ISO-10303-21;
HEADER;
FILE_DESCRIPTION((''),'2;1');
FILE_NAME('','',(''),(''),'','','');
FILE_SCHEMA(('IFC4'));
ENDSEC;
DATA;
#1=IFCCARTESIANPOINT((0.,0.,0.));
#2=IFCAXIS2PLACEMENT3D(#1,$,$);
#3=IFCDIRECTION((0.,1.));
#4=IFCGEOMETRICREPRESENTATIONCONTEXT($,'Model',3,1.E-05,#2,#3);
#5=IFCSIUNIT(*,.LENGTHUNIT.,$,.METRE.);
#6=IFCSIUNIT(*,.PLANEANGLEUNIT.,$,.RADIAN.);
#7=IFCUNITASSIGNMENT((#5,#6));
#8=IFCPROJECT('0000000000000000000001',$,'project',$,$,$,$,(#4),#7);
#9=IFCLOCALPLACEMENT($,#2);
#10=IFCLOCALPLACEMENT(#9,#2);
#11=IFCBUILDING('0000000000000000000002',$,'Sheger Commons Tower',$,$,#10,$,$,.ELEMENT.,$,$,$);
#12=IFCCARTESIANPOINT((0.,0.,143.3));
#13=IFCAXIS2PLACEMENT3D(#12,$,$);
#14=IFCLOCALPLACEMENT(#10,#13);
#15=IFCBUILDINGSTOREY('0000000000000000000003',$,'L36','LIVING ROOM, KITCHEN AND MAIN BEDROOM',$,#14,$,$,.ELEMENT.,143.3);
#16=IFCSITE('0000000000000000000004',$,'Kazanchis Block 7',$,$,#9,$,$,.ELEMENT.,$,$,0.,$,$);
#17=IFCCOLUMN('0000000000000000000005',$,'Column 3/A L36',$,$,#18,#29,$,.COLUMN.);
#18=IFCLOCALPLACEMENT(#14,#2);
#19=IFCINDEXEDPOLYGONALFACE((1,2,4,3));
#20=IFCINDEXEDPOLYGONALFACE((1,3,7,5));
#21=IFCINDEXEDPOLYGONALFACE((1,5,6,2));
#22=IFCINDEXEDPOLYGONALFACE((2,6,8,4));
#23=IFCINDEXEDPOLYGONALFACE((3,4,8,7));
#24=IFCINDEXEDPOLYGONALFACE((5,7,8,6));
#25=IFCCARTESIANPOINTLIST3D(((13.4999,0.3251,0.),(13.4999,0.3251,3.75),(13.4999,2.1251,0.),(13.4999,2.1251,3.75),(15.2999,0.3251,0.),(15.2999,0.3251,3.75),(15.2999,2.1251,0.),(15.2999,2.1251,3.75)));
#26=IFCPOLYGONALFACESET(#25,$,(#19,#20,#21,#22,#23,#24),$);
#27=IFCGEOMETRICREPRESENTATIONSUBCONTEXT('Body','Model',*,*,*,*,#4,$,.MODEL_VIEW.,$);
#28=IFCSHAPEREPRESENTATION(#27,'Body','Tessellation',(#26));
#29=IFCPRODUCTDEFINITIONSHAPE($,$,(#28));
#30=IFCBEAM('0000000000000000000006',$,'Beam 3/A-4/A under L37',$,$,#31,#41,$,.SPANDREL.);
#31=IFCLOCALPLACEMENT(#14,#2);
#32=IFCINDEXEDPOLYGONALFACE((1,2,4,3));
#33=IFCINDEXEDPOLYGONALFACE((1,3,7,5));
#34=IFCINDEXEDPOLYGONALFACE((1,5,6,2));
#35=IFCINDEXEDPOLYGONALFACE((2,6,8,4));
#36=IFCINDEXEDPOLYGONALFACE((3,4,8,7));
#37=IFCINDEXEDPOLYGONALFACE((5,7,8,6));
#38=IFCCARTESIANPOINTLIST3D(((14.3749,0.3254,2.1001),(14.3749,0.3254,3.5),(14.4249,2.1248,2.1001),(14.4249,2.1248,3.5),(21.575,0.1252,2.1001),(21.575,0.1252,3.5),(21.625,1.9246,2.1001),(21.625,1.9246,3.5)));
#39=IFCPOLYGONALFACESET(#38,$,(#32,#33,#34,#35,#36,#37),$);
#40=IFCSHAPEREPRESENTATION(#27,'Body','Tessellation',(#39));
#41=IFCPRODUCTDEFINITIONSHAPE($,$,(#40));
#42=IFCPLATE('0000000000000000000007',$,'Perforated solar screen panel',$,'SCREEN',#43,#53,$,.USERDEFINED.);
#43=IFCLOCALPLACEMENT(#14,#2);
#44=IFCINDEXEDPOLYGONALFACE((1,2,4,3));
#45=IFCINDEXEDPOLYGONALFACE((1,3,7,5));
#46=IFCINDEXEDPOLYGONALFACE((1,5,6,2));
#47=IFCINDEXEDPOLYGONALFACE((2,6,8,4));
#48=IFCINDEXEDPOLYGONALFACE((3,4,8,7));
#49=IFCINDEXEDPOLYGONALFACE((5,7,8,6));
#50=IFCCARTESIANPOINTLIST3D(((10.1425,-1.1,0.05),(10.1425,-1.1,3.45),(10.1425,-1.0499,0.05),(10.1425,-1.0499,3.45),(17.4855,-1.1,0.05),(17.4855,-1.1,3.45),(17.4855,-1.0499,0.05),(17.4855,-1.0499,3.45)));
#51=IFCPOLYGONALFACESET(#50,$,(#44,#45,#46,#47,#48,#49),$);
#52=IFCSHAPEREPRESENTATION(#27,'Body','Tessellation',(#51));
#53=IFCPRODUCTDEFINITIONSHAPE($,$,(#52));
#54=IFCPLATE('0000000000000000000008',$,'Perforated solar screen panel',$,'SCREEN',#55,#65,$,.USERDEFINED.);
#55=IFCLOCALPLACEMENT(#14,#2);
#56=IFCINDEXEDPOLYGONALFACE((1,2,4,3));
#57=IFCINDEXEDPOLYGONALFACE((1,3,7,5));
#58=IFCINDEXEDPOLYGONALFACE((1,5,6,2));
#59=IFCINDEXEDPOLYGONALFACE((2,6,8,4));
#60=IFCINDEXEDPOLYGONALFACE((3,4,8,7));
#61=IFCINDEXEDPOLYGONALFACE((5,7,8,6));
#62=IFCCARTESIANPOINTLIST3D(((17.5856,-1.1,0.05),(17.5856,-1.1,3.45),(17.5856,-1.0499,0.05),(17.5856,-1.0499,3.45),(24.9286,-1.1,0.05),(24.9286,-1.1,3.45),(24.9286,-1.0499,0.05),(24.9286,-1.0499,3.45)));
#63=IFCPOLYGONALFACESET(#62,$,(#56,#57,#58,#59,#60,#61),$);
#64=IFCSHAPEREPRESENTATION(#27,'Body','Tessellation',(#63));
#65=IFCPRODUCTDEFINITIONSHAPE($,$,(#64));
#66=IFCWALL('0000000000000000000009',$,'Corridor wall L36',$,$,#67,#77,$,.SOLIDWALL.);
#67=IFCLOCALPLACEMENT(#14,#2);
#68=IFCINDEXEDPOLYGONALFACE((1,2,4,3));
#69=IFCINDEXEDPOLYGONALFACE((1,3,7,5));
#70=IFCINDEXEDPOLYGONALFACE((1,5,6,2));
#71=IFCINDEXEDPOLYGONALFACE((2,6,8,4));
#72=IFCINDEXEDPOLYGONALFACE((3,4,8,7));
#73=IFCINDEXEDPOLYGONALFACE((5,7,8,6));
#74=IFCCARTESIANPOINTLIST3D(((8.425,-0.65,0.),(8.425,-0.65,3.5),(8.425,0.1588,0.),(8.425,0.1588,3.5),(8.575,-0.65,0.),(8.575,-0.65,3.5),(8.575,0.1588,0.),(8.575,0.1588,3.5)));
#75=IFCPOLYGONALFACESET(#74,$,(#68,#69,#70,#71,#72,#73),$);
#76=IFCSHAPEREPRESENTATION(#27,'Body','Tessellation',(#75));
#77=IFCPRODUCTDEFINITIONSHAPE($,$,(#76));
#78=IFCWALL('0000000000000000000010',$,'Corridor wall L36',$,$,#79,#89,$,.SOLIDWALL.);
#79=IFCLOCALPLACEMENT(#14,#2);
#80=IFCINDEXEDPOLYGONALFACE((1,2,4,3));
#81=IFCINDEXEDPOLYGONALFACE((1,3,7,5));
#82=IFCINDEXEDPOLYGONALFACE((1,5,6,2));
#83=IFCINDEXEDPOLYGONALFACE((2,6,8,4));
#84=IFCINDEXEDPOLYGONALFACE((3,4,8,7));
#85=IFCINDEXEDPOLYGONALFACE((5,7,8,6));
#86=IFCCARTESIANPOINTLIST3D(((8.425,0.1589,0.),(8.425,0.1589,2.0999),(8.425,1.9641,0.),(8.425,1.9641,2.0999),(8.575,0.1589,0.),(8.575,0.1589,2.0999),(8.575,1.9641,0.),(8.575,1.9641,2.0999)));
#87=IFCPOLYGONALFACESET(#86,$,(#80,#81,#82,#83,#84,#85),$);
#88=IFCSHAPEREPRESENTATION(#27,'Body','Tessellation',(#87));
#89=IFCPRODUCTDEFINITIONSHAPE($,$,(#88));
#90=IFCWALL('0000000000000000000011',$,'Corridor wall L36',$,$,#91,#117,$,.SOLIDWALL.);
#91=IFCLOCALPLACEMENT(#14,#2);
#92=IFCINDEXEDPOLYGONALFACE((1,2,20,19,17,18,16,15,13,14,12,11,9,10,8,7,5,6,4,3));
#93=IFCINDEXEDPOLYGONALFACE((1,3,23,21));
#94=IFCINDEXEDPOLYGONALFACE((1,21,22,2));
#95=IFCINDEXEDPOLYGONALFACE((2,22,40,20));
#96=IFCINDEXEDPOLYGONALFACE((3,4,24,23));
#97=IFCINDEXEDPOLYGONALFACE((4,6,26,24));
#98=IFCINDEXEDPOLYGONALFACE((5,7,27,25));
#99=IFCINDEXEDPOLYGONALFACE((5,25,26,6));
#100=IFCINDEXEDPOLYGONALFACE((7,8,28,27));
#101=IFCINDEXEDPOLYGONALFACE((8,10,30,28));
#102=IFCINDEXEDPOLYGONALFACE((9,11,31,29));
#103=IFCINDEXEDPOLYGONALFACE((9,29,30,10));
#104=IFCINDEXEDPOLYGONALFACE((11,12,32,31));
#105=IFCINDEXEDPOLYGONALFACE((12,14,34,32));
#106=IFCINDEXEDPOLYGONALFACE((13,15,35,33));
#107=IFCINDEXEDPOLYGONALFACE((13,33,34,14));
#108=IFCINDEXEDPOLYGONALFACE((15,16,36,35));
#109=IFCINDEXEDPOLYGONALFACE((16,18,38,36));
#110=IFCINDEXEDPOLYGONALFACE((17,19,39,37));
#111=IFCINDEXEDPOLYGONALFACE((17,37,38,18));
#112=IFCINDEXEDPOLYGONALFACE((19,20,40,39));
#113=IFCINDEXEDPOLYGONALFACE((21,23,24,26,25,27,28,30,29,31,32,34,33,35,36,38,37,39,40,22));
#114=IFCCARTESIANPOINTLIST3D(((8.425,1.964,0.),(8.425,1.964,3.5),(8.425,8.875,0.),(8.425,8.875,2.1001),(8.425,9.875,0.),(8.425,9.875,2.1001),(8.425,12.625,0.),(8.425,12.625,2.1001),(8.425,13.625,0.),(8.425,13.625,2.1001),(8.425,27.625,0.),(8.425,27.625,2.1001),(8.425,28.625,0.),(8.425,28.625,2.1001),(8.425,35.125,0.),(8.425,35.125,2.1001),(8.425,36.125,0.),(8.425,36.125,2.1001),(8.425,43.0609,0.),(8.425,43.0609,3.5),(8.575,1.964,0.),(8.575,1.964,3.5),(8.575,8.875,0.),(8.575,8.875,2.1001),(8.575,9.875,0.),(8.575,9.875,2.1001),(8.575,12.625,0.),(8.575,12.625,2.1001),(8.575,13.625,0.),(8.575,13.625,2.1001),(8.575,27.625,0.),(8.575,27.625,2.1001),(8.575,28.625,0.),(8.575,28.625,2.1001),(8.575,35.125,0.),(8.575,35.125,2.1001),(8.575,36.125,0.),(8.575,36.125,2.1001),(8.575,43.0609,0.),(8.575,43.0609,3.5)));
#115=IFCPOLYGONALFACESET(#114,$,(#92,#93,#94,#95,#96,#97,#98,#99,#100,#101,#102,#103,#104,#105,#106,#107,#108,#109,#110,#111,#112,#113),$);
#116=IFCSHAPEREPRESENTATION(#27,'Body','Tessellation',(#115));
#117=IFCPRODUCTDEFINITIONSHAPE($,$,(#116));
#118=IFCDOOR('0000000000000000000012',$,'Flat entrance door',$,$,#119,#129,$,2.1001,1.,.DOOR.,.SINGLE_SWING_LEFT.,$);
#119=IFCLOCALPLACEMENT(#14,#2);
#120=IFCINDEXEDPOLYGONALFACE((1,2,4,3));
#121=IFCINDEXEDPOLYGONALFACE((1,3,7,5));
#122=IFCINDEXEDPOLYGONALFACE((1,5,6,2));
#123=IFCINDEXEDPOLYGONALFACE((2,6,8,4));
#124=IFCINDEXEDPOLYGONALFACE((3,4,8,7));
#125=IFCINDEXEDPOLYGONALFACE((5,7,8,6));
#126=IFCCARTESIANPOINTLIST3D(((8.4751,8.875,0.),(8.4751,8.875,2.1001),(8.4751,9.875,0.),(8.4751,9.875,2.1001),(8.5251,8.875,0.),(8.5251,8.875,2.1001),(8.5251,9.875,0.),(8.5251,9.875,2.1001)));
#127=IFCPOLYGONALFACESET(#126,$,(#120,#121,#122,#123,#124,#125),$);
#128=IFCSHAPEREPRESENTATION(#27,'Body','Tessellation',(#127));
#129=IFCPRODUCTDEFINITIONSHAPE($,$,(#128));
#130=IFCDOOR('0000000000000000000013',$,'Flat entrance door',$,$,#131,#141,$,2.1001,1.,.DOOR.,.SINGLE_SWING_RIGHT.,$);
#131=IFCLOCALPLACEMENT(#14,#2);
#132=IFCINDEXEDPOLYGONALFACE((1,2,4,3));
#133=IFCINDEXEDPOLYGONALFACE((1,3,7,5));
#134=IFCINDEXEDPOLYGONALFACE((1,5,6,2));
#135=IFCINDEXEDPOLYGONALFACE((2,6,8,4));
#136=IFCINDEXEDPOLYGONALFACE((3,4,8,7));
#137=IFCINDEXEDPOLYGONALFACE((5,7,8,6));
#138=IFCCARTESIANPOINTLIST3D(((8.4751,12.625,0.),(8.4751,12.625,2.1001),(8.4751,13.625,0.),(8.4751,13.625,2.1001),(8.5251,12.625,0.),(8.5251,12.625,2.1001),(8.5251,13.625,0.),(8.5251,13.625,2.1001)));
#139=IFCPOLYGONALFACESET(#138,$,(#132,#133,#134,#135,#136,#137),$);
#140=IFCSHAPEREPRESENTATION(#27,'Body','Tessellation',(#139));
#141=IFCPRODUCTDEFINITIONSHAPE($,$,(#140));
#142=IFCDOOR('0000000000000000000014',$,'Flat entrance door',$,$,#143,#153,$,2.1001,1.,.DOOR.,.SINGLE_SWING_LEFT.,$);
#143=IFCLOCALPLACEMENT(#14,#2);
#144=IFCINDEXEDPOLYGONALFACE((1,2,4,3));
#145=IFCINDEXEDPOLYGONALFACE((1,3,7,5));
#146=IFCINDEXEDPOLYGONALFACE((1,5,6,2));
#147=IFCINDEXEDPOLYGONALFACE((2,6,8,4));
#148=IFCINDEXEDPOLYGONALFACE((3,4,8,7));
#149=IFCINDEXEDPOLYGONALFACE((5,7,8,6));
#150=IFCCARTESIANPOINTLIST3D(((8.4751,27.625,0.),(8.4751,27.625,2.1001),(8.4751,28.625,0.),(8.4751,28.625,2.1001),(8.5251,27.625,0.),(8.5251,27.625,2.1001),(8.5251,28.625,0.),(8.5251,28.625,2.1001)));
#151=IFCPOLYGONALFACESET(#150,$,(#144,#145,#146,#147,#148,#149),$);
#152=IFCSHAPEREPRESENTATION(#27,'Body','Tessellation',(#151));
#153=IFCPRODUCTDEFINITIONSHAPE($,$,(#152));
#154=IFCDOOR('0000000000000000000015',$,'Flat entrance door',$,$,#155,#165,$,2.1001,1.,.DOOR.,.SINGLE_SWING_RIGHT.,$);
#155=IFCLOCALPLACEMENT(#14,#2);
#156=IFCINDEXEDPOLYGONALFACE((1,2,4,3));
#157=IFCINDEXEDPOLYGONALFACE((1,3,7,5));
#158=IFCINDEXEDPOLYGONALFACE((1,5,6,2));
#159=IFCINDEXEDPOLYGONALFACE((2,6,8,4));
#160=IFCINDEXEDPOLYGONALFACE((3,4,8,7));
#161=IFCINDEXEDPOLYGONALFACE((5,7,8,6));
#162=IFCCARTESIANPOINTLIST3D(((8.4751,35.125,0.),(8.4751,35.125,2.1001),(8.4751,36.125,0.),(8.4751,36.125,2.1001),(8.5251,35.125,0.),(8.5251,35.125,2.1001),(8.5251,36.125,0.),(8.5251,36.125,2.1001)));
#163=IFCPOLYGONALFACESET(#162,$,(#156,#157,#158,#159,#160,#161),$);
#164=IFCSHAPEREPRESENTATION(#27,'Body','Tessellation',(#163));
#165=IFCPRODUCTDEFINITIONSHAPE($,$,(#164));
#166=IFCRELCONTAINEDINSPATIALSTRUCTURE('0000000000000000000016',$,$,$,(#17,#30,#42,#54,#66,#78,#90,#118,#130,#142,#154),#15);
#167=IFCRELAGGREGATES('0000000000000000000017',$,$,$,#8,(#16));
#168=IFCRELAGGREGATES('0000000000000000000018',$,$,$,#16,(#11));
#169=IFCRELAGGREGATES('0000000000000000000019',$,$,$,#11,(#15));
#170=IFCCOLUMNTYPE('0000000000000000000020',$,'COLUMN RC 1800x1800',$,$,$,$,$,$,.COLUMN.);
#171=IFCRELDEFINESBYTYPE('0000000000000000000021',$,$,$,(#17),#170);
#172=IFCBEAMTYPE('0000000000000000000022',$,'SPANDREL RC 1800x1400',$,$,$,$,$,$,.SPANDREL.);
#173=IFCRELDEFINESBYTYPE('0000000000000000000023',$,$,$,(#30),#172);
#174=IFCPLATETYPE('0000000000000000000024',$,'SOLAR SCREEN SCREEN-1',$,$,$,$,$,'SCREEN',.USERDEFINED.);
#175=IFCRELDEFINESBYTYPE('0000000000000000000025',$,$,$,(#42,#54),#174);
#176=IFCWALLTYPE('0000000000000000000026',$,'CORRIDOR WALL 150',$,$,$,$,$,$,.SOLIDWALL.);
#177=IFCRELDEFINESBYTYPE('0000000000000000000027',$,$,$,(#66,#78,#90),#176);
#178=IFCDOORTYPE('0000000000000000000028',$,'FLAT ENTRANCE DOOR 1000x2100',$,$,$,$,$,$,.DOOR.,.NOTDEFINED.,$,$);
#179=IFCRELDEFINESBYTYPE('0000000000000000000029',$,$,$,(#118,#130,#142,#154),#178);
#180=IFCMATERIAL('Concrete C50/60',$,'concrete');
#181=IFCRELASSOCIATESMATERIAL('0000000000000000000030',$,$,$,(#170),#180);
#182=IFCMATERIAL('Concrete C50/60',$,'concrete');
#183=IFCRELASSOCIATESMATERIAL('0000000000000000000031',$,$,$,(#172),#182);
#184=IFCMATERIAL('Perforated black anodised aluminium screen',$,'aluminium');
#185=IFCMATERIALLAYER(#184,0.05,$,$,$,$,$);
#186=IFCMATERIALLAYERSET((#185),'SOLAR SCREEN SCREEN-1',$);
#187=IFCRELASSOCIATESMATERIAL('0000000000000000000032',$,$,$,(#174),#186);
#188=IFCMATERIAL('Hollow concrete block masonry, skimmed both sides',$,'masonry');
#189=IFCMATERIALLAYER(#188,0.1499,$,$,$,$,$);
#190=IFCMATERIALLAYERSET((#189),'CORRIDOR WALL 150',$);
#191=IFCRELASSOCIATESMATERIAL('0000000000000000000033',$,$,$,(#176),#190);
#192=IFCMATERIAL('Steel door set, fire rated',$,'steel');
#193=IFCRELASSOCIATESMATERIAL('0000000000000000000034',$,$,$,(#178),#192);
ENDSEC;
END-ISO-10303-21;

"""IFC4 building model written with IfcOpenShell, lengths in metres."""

from ifc_helpers import new_model, si_unit, direction, frame, frame_2d, origin, origin_2d, place, context, subcontext, project, spatial, rectangle, extrude, material, layer, layer_set, material_profile, profile_set, type_object, element, fill, save


model = new_model("IFC4")

# Units and contexts
model_context = context("Model", 3, precision=1e-05, world=origin(), true_north=direction((0.0, 1.0)))
body_context = subcontext(model_context, "Body", "Model", "MODEL_VIEW")
ifc_project = project(units=[si_unit("LENGTHUNIT", "METRE"), si_unit("PLANEANGLEUNIT", "RADIAN")], contexts=[model_context])

# Site, building, storey
site_placement = place(None, origin())
site = spatial("IfcSite", under=ifc_project, at=site_placement, Name="Kazanchis Block 7", CompositionType="ELEMENT", RefElevation=0.0)
building_placement = place(site_placement, origin())
building = spatial("IfcBuilding", under=site, at=building_placement, Name="Sheger Commons Tower", CompositionType="ELEMENT")
storey_placement = place(building_placement, frame((0.0, 0.0, 143.3)))
storey = spatial("IfcBuildingStorey", under=building, at=storey_placement, Name="L36", Description="LIVING ROOM, KITCHEN AND MAIN BEDROOM", CompositionType="ELEMENT", Elevation=143.3)

# Column
ifc_material_1 = material(Name="Concrete C50/60", Category="concrete")
ifc_material_profile_1 = material_profile(ifc_material_1, rectangle(XDim=1.8, YDim=1.8, at=origin_2d()), Name="RC 1800x1800")
ifc_profile_set_1 = profile_set([ifc_material_profile_1], Name="Concrete C50/60")
column_type = type_object("IfcColumnType", Name="COLUMN RC 1800x1800", PredefinedType="COLUMN", material=ifc_profile_set_1)
column_placement = place(storey_placement, frame((14.3999, 1.2251, 0.0), z_axis=(0.0, 0.0, 1.0), x_axis=(1.0, 0.0, 0.0)))
element("IfcColumn", 1, at=column_placement, inside=storey, type_object=column_type, Name="Column 3/A L36", PredefinedType="COLUMN", context=body_context, shape_type="SweptSolid", body=[
    extrude(rectangle(XDim=1.8, YDim=1.8, at=origin_2d()), origin(), (0.0, 0.0, 1.0), 3.75),
])

# Beam
ifc_material_2 = material(Name="Concrete C50/60", Category="concrete")
ifc_material_profile_2 = material_profile(ifc_material_2, rectangle(XDim=1.8, YDim=1.3999, at=origin_2d()), Name="RC 1800x1400")
ifc_profile_set_2 = profile_set([ifc_material_profile_2], Name="Concrete C50/60")
beam_type = type_object("IfcBeamType", Name="SPANDREL RC 1800x1400", PredefinedType="SPANDREL", material=ifc_profile_set_2)
beam_placement = place(storey_placement, frame((14.3999, 1.2251, 2.8), z_axis=(0.999614, -0.027793, 0.0), x_axis=(0.027793, 0.999614, 0.0)))
element("IfcBeam", 2, at=beam_placement, inside=storey, type_object=beam_type, Name="Beam 3/A-4/A under L37", PredefinedType="SPANDREL", context=body_context, shape_type="SweptSolid", body=[
    extrude(rectangle(XDim=1.8, YDim=1.3999, at=origin_2d()), origin(), (0.0, 0.0, 1.0), 7.2029),
])

# Plates
ifc_material_3 = material(Name="Perforated black anodised aluminium screen", Category="aluminium")
ifc_layer_1 = layer(ifc_material_3, 0.05)
ifc_layer_set_1 = layer_set([ifc_layer_1], Name="SOLAR SCREEN SCREEN-1")
plate_type = type_object("IfcPlateType", Name="SOLAR SCREEN SCREEN-1", ElementType="SCREEN", PredefinedType="USERDEFINED", material=ifc_layer_set_1)
for number, where, z_axis, x_axis, name in (
    (3, (13.814, -1.075, 0.05), (0.0, 0.0, 1.0), (1.0, 0.0, 0.0), "Perforated solar screen panel"),
    (4, (21.2571, -1.075, 0.05), (0.0, 0.0, 1.0), (1.0, 0.0, 0.0), "Perforated solar screen panel"),
):
    element("IfcPlate", number, at=place(storey_placement, frame(where, z_axis=z_axis, x_axis=x_axis)), inside=storey, type_object=plate_type, Name=name, ObjectType="SCREEN", PredefinedType="USERDEFINED", context=body_context, shape_type="SweptSolid", body=[
        extrude(rectangle(XDim=7.343, YDim=0.05, at=origin_2d()), origin(), (0.0, 0.0, 1.0), 3.3999),
    ])

# Walls
ifc_material_4 = material(Name="Hollow concrete block masonry, skimmed both sides", Category="masonry")
ifc_layer_2 = layer(ifc_material_4, 0.1499)
ifc_layer_set_2 = layer_set([ifc_layer_2], Name="CORRIDOR WALL 150")
wall_type_1 = type_object("IfcWallType", Name="CORRIDOR WALL 150", PredefinedType="SOLIDWALL", material=ifc_layer_set_2)
wall_1_placement = place(storey_placement, frame((8.5, -0.6499, 0.0), z_axis=(0.0, 0.0, 1.0), x_axis=(0.0, 1.0, 0.0)))
element("IfcWall", 5, at=wall_1_placement, inside=storey, type_object=wall_type_1, Name="Corridor wall L36", PredefinedType="SOLIDWALL", context=body_context, shape_type="SweptSolid", body=[
    extrude(rectangle(XDim=0.8088, YDim=0.1499, at=frame_2d((0.4043, 0.0))), origin(), (0.0, 0.0, 1.0), 3.5),
])
wall_2_placement = place(storey_placement, frame((8.5, 0.1589, 0.0), z_axis=(0.0, 0.0, 1.0), x_axis=(0.0, 1.0, 0.0)))
element("IfcWall", 6, at=wall_2_placement, inside=storey, type_object=wall_type_1, Name="Corridor wall L36", PredefinedType="SOLIDWALL", context=body_context, shape_type="SweptSolid", body=[
    extrude(rectangle(XDim=1.8052, YDim=0.1499, at=frame_2d((0.9026, 0.0))), origin(), (0.0, 0.0, 1.0), 2.0999),
])

# Wall, openings, doors
wall_3_placement = place(storey_placement, frame((8.5, 1.9641, 0.0), z_axis=(0.0, 0.0, 1.0), x_axis=(0.0, 1.0, 0.0)))
wall_3 = element("IfcWall", 7, at=wall_3_placement, inside=storey, type_object=wall_type_1, Name="Corridor wall L36", PredefinedType="SOLIDWALL", context=body_context, shape_type="SweptSolid", body=[
    extrude(rectangle(XDim=41.0969, YDim=0.1499, at=frame_2d((20.5483, 0.0))), origin(), (0.0, 0.0, 1.0), 3.5),
])
opening_1_placement = place(wall_3_placement, frame((6.9109, 0.0, 0.0)))
opening_1 = element("IfcOpeningElement", 8, at=opening_1_placement, cuts=wall_3, PredefinedType="OPENING", context=body_context, shape_type="SweptSolid", body=[
    extrude(rectangle(XDim=1.0, YDim=2.1001, at=frame_2d((0.5, 1.05))), frame((0.0, 0.085, 0.0), z_axis=(0.0, -1.0, 0.0), x_axis=(1.0, 0.0, 0.0)), (0.0, 0.0, 1.0), 0.1699),
])
opening_2_placement = place(wall_3_placement, frame((10.6609, 0.0, 0.0)))
opening_2 = element("IfcOpeningElement", 9, at=opening_2_placement, cuts=wall_3, PredefinedType="OPENING", context=body_context, shape_type="SweptSolid", body=[
    extrude(rectangle(XDim=1.0, YDim=2.1001, at=frame_2d((0.5, 1.05))), frame((0.0, 0.085, 0.0), z_axis=(0.0, -1.0, 0.0), x_axis=(1.0, 0.0, 0.0)), (0.0, 0.0, 1.0), 0.1699),
])
opening_3_placement = place(wall_3_placement, frame((25.6609, 0.0, 0.0)))
opening_3 = element("IfcOpeningElement", 10, at=opening_3_placement, cuts=wall_3, PredefinedType="OPENING", context=body_context, shape_type="SweptSolid", body=[
    extrude(rectangle(XDim=1.0, YDim=2.1001, at=frame_2d((0.5, 1.05))), frame((0.0, 0.085, 0.0), z_axis=(0.0, -1.0, 0.0), x_axis=(1.0, 0.0, 0.0)), (0.0, 0.0, 1.0), 0.1699),
])
opening_4_placement = place(wall_3_placement, frame((33.1609, 0.0, 0.0)))
opening_4 = element("IfcOpeningElement", 11, at=opening_4_placement, cuts=wall_3, PredefinedType="OPENING", context=body_context, shape_type="SweptSolid", body=[
    extrude(rectangle(XDim=1.0, YDim=2.1001, at=frame_2d((0.5, 1.05))), frame((0.0, 0.085, 0.0), z_axis=(0.0, -1.0, 0.0), x_axis=(1.0, 0.0, 0.0)), (0.0, 0.0, 1.0), 0.1699),
])
ifc_material_5 = material(Name="Steel door set, fire rated", Category="steel")
door_type = type_object("IfcDoorType", Name="FLAT ENTRANCE DOOR 1000x2100", OperationType="NOTDEFINED", PredefinedType="DOOR", material=ifc_material_5)
door_1_placement = place(opening_1_placement, origin())
door_1 = element("IfcDoor", 12, at=door_1_placement, inside=storey, type_object=door_type, Name="Flat entrance door", OperationType="SINGLE_SWING_LEFT", OverallHeight=2.1001, OverallWidth=1.0, PredefinedType="DOOR", context=body_context, shape_type="SweptSolid", body=[
    extrude(rectangle(XDim=1.0, YDim=2.1001, at=frame_2d((0.5, 1.05))), frame((0.0, 0.0249, 0.0), z_axis=(0.0, -1.0, 0.0), x_axis=(1.0, 0.0, 0.0)), (0.0, 0.0, 1.0), 0.05),
])
fill(opening_1, door_1)
door_2_placement = place(opening_2_placement, origin())
door_2 = element("IfcDoor", 13, at=door_2_placement, inside=storey, type_object=door_type, Name="Flat entrance door", OperationType="SINGLE_SWING_RIGHT", OverallHeight=2.1001, OverallWidth=1.0, PredefinedType="DOOR", context=body_context, shape_type="SweptSolid", body=[
    extrude(rectangle(XDim=1.0, YDim=2.1001, at=frame_2d((0.5, 1.05))), frame((0.0, 0.0249, 0.0), z_axis=(0.0, -1.0, 0.0), x_axis=(1.0, 0.0, 0.0)), (0.0, 0.0, 1.0), 0.05),
])
fill(opening_2, door_2)
door_3_placement = place(opening_3_placement, origin())
door_3 = element("IfcDoor", 14, at=door_3_placement, inside=storey, type_object=door_type, Name="Flat entrance door", OperationType="SINGLE_SWING_LEFT", OverallHeight=2.1001, OverallWidth=1.0, PredefinedType="DOOR", context=body_context, shape_type="SweptSolid", body=[
    extrude(rectangle(XDim=1.0, YDim=2.1001, at=frame_2d((0.5, 1.05))), frame((0.0, 0.0249, 0.0), z_axis=(0.0, -1.0, 0.0), x_axis=(1.0, 0.0, 0.0)), (0.0, 0.0, 1.0), 0.05),
])
fill(opening_3, door_3)
door_4_placement = place(opening_4_placement, origin())
door_4 = element("IfcDoor", 15, at=door_4_placement, inside=storey, type_object=door_type, Name="Flat entrance door", OperationType="SINGLE_SWING_RIGHT", OverallHeight=2.1001, OverallWidth=1.0, PredefinedType="DOOR", context=body_context, shape_type="SweptSolid", body=[
    extrude(rectangle(XDim=1.0, YDim=2.1001, at=frame_2d((0.5, 1.05))), frame((0.0, 0.0249, 0.0), z_axis=(0.0, -1.0, 0.0), x_axis=(1.0, 0.0, 0.0)), (0.0, 0.0, 1.0), 0.05),
])
fill(opening_4, door_4)

save(model, "model.ifc")
